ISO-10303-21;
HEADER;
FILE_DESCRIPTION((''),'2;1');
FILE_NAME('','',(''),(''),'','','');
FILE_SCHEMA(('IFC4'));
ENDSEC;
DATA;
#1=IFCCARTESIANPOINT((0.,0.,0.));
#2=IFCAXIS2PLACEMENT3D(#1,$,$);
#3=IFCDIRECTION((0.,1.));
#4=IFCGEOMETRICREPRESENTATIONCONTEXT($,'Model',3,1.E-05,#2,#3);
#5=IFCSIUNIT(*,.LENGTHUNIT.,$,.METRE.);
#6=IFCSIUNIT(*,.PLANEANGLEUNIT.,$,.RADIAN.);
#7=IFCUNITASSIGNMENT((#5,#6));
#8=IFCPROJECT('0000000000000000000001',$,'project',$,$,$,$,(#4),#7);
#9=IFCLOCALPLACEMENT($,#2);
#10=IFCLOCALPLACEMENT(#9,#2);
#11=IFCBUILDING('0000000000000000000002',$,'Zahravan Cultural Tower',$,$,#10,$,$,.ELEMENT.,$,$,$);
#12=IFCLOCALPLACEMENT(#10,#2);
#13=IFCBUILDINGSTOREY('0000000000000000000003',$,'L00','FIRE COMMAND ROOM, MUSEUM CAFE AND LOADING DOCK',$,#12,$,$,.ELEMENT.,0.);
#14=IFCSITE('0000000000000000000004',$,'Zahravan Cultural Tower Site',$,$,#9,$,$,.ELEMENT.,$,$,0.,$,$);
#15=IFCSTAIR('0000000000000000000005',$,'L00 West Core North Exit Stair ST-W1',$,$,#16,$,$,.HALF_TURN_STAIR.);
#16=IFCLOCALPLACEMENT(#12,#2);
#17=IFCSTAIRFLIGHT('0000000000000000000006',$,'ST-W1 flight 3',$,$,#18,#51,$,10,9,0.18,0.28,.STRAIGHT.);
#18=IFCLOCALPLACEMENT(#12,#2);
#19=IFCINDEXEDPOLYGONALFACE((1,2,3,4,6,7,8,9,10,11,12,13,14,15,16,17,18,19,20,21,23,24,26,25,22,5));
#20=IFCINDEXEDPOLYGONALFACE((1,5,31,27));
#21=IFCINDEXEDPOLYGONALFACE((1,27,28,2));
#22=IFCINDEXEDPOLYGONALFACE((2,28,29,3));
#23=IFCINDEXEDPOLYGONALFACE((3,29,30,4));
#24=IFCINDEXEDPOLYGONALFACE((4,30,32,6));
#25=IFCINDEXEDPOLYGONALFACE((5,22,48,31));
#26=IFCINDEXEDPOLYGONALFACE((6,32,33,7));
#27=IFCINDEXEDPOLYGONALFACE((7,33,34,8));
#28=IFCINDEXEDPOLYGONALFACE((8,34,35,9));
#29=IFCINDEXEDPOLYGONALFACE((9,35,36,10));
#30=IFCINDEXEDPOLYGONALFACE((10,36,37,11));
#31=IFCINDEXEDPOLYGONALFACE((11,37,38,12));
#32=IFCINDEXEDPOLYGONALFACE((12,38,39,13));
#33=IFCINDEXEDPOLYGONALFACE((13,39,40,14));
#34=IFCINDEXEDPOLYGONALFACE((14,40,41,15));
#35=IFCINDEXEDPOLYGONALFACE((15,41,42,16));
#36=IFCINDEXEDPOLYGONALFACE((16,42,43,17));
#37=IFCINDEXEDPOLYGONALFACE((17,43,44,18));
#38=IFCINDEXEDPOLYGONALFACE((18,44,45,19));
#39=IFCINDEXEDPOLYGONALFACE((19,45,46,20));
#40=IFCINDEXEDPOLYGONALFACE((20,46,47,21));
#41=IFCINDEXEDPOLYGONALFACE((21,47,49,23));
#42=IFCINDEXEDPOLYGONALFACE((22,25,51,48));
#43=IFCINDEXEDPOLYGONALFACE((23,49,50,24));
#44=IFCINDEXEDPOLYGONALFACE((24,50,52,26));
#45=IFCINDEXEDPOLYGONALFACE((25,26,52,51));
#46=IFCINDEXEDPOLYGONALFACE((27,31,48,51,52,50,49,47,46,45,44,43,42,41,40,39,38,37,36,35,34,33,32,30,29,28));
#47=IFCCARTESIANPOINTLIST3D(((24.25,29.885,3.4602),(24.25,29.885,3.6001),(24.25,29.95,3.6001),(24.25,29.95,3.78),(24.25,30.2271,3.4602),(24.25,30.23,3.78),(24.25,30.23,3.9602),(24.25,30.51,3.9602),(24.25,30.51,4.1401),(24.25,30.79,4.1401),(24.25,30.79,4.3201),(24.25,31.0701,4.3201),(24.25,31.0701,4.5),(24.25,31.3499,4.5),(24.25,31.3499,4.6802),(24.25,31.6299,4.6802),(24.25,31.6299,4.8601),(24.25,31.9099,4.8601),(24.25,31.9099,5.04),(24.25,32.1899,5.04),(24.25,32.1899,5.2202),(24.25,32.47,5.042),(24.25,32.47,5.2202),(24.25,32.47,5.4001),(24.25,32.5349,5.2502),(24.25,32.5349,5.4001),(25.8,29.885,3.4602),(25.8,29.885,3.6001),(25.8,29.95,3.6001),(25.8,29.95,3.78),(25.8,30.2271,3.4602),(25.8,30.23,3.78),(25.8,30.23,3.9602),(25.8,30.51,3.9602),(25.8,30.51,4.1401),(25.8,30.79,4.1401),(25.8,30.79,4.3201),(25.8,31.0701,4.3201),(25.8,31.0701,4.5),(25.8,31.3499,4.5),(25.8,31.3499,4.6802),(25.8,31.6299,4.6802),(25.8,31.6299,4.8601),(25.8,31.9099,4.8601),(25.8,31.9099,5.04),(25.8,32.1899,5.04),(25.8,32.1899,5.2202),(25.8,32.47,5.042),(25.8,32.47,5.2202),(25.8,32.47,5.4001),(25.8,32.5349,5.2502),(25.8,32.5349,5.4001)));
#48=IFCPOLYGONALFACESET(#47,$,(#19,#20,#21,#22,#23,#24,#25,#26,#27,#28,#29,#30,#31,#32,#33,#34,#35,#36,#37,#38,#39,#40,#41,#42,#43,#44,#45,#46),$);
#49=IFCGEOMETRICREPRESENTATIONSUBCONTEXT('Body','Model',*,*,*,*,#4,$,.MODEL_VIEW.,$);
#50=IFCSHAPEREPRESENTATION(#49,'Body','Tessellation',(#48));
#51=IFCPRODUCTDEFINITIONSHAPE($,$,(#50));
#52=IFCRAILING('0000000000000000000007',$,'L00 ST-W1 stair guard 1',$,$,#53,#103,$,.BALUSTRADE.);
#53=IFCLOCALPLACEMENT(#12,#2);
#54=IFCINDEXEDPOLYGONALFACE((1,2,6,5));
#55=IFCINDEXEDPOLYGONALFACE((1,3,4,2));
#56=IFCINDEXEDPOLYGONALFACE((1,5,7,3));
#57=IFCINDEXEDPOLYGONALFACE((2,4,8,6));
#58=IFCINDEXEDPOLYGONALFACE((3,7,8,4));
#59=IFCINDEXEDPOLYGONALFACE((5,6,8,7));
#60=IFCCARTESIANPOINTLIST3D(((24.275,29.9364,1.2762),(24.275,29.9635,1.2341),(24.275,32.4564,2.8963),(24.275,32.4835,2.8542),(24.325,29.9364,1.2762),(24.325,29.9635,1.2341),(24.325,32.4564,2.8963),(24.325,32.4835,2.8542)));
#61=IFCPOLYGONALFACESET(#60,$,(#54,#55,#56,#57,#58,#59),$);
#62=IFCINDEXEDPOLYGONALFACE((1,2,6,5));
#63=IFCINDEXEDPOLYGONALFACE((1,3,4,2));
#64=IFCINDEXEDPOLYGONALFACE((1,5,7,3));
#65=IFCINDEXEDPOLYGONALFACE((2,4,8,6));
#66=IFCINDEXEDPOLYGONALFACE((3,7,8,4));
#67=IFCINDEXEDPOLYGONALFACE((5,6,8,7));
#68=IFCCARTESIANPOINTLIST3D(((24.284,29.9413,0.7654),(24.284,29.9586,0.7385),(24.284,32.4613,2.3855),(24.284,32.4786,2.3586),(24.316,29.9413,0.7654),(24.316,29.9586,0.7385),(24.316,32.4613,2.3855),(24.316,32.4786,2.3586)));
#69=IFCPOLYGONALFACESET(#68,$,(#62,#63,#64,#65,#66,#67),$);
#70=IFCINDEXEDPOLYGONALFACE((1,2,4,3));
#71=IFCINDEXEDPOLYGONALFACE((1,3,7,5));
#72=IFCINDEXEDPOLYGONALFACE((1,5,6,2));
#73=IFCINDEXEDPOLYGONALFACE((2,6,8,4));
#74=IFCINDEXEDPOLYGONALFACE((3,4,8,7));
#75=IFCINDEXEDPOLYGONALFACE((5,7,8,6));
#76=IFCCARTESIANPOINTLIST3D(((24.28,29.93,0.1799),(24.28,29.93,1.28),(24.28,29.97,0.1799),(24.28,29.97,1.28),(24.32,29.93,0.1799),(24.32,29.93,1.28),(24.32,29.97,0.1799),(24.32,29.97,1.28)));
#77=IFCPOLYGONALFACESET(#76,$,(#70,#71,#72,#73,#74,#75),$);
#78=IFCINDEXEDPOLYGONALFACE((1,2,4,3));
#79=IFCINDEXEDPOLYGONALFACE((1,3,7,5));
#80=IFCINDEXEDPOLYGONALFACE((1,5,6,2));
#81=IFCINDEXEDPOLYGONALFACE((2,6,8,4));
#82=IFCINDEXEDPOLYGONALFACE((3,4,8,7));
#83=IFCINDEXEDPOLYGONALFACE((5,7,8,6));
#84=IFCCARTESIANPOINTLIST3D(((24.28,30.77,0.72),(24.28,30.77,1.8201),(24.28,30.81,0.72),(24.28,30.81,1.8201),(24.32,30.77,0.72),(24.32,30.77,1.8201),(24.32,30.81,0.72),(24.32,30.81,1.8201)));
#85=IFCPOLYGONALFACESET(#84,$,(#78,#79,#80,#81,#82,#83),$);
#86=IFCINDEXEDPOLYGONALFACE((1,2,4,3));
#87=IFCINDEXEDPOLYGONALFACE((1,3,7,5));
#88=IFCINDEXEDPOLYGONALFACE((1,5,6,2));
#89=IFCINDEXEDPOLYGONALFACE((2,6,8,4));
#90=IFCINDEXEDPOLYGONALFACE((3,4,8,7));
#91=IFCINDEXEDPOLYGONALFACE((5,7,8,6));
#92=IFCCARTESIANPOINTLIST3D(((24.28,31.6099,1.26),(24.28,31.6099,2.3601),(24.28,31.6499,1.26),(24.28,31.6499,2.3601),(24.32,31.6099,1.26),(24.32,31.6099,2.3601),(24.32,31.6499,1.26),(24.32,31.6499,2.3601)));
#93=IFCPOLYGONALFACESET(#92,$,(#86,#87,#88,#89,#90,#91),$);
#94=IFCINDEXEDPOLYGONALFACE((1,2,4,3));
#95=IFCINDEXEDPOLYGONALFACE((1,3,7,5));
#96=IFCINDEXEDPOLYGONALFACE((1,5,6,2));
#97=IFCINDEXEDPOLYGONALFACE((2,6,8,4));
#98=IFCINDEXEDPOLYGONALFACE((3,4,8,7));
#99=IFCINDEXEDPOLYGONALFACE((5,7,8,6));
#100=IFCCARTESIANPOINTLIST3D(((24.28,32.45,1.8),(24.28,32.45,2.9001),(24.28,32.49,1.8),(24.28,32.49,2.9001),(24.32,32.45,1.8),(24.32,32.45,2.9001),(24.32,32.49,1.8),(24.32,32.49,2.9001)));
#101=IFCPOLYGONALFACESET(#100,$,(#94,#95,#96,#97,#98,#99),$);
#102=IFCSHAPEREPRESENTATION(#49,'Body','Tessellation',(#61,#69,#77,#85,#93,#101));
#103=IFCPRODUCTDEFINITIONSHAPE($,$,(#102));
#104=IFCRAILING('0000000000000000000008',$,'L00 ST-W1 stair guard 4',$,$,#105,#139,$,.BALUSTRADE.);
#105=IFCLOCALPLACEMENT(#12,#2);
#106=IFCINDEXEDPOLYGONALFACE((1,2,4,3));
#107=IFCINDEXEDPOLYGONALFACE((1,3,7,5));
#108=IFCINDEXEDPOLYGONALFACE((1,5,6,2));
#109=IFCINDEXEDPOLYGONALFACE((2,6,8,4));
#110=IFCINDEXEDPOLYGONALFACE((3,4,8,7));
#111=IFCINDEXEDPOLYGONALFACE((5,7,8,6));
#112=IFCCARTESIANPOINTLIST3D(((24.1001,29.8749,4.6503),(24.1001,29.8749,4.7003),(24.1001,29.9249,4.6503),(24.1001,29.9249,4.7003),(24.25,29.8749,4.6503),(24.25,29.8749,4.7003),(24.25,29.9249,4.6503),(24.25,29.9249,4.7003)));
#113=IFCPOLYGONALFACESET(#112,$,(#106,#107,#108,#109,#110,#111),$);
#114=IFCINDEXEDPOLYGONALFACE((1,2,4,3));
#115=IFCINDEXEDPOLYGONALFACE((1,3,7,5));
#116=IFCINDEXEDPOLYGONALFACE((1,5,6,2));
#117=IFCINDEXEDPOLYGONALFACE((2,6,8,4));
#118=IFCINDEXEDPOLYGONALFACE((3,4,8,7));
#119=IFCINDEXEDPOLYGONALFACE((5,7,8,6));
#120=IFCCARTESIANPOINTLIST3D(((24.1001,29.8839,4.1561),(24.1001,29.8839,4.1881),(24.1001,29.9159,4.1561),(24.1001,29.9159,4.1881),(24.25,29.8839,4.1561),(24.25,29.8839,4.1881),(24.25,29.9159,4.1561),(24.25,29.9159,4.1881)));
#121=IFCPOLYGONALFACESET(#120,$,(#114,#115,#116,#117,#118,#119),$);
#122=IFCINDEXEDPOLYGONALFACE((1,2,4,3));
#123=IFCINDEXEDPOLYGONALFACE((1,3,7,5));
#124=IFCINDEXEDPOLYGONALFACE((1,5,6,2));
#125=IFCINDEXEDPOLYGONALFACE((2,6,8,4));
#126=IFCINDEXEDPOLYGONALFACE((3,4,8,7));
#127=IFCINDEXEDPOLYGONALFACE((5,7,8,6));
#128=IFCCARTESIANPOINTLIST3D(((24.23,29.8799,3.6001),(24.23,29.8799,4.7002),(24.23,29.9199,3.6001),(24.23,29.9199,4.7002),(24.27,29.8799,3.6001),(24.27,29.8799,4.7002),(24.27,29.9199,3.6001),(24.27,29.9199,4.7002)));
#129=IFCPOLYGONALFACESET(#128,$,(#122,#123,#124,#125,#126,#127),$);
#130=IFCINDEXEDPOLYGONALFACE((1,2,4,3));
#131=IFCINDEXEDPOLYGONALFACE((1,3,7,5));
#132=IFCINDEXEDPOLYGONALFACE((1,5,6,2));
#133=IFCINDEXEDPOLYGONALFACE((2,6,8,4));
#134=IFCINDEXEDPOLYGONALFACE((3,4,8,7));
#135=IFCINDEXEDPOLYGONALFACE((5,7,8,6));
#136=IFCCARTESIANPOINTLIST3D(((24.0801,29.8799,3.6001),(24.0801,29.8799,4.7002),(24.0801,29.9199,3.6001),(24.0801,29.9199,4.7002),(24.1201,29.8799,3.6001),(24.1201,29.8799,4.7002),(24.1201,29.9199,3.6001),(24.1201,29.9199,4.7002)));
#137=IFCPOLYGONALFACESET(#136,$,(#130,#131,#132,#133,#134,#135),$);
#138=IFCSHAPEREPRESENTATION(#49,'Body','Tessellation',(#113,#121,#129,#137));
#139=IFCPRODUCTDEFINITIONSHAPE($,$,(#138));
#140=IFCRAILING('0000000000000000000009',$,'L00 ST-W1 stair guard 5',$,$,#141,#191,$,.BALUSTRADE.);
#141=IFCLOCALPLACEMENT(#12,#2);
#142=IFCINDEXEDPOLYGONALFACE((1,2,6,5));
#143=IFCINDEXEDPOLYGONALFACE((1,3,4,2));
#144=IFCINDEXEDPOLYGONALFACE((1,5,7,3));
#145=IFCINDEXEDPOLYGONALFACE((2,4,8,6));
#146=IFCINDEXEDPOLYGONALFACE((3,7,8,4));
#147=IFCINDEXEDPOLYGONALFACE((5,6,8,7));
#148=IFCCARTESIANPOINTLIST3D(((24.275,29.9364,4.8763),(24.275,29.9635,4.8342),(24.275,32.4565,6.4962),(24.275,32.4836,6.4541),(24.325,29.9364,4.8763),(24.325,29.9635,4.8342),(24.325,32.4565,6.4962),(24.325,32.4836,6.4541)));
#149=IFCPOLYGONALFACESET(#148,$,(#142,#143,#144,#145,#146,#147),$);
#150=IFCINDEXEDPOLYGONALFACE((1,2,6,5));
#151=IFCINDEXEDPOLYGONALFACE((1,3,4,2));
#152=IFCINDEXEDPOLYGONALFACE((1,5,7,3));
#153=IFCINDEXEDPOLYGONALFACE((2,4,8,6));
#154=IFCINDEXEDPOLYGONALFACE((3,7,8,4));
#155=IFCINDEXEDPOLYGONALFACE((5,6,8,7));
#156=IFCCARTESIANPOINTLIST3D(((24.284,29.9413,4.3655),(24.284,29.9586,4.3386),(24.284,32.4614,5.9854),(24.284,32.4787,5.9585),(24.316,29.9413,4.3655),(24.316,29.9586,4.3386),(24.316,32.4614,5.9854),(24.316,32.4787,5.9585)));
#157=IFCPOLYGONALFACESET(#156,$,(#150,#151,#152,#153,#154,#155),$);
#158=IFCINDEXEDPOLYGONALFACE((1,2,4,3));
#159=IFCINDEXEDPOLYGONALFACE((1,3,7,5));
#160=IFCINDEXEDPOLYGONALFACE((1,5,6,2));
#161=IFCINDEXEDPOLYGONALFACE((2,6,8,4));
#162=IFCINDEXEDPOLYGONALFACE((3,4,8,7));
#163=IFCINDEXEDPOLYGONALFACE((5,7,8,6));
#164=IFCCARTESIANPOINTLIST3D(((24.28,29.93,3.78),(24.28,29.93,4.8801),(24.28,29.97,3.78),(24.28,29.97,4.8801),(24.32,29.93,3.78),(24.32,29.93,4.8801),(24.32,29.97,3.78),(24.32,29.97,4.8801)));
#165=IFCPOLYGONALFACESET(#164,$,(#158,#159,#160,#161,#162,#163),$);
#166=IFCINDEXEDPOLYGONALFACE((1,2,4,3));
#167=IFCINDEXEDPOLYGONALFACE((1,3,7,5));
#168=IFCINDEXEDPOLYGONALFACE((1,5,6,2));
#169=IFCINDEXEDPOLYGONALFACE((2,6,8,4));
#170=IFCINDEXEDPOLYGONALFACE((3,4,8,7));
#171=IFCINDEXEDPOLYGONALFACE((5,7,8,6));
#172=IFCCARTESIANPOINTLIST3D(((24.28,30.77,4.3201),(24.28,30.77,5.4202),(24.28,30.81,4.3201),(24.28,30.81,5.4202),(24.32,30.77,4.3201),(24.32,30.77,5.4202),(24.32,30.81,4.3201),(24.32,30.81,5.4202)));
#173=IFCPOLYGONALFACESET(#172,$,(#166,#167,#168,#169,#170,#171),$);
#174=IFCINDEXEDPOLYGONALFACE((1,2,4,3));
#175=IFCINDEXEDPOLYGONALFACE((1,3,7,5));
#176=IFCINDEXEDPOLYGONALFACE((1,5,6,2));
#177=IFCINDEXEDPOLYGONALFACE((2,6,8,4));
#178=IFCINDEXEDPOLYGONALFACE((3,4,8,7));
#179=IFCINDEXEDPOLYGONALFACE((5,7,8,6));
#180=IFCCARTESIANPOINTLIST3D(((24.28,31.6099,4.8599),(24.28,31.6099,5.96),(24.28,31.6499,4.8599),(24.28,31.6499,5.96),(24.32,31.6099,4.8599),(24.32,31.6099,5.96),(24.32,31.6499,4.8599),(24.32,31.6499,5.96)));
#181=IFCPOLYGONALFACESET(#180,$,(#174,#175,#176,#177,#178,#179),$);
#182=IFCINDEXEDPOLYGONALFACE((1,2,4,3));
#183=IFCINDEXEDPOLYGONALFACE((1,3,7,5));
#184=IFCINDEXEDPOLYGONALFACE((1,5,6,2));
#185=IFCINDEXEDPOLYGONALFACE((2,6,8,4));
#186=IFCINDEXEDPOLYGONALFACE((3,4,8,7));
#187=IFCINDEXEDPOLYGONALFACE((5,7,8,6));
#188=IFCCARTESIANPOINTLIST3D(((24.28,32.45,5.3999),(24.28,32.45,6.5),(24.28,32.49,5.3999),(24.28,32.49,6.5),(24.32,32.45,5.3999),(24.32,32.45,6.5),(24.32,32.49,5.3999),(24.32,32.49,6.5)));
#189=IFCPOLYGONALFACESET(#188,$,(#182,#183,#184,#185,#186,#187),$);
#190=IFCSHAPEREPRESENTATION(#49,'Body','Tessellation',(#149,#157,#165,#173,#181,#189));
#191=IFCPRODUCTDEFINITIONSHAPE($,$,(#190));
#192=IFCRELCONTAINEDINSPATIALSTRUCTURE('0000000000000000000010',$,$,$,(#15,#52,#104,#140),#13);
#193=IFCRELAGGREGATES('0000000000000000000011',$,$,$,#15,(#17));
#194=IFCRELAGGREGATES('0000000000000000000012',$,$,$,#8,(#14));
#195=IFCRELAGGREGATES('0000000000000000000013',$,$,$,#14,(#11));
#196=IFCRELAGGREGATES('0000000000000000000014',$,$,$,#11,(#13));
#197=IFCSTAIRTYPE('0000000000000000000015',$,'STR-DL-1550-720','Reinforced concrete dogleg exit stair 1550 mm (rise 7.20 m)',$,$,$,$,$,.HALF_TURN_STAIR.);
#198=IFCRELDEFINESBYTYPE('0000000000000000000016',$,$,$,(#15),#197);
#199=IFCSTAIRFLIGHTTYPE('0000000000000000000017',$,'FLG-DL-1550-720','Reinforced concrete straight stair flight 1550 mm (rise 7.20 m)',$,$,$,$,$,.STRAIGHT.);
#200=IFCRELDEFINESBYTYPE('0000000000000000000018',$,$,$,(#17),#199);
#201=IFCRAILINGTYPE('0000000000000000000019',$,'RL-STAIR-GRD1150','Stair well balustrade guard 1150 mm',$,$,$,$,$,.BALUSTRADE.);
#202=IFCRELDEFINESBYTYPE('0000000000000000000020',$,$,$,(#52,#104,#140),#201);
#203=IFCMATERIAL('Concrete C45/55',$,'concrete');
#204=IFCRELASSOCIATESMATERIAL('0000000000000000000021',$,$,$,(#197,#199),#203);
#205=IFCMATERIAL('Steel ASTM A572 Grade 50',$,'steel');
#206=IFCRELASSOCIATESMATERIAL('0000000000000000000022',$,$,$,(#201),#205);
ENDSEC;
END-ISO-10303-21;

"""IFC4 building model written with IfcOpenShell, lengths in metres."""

from ifc_helpers import new_model, si_unit, direction, frame, origin, origin_2d, place, context, subcontext, project, spatial, polyline, rectangle, outline, extrude, material, type_object, element, aggregate, save


model = new_model("IFC4")

# Units and contexts
model_context = context("Model", 3, precision=1e-05, world=origin(), true_north=direction((0.0, 1.0)))
body_context = subcontext(model_context, "Body", "Model", "MODEL_VIEW")
ifc_project = project(units=[si_unit("LENGTHUNIT", "METRE"), si_unit("PLANEANGLEUNIT", "RADIAN")], contexts=[model_context])

# Site, building, storey
site_placement = place(None, origin())
site = spatial("IfcSite", under=ifc_project, at=site_placement, Name="Zahravan Cultural Tower Site", CompositionType="ELEMENT", RefElevation=0.0)
building_placement = place(site_placement, origin())
building = spatial("IfcBuilding", under=site, at=building_placement, Name="Zahravan Cultural Tower", CompositionType="ELEMENT")
storey_placement = place(building_placement, origin())
storey = spatial("IfcBuildingStorey", under=building, at=storey_placement, Name="L00", Description="FIRE COMMAND ROOM, MUSEUM CAFE AND LOADING DOCK", CompositionType="ELEMENT", Elevation=0.0)

# Shared definitions
ifc_material_1 = material(Name="Steel ASTM A572 Grade 50", Category="steel")
ifc_material_2 = material(Name="Concrete C45/55", Category="concrete")

# Stair, stair flight
stair_type = type_object("IfcStairType", Name="STR-DL-1550-720", Description="Reinforced concrete dogleg exit stair 1550 mm (rise 7.20 m)", PredefinedType="HALF_TURN_STAIR", material=ifc_material_2)
stair_placement = place(storey_placement, origin())
stair = element("IfcStair", 1, at=stair_placement, inside=storey, type_object=stair_type, Name="L00 West Core North Exit Stair ST-W1", PredefinedType="HALF_TURN_STAIR")
stair_flight_type = type_object("IfcStairFlightType", Name="FLG-DL-1550-720", Description="Reinforced concrete straight stair flight 1550 mm (rise 7.20 m)", PredefinedType="STRAIGHT", material=ifc_material_2)
stair_flight_1_placement = place(storey_placement, frame((25.0249, 29.95, 3.6001), z_axis=(0.0, 0.0, 1.0), x_axis=(0.0, 1.0, 0.0)))
stair_flight_1 = element("IfcStairFlight", 2, at=stair_flight_1_placement, type_object=stair_flight_type, Name="ST-W1 flight 3", NumberOfRisers=10, NumberOfTreads=9, PredefinedType="STRAIGHT", RiserHeight=0.18, TreadLength=0.28, context=body_context, shape_type="SweptSolid", body=[
    extrude(outline(polyline([(-0.0649, -0.1399), (-0.0649, 0.0), (0.0, 0.0), (0.0, 0.1799), (0.28, 0.1799), (0.28, 0.3601), (0.5601, 0.3601), (0.5601, 0.54), (0.8401, 0.54), (0.8401, 0.72), (1.1201, 0.72), (1.1201, 0.8999), (1.3999, 0.8999), (1.3999, 1.0801), (1.6799, 1.0801), (1.6799, 1.26), (1.96, 1.26), (1.96, 1.4399), (2.24, 1.4399), (2.24, 1.6201), (2.52, 1.6201), (2.52, 1.8), (2.585, 1.8), (2.585, 1.6501), (2.52, 1.4419), (0.2771, -0.1399), (-0.0649, -0.1399)])), frame((0.0, 0.7749, 0.0), z_axis=(0.0, -1.0, 0.0), x_axis=(1.0, 0.0, 0.0)), (0.0, 0.0, 1.0), 1.55),
])
aggregate(stair, [stair_flight_1])

# Railings
railing_type_1 = type_object("IfcRailingType", Name="RL-STAIR-GRD1150", Description="Stair well balustrade guard 1150 mm", PredefinedType="BALUSTRADE", material=ifc_material_1)
railing_1_placement = place(storey_placement, frame((24.3, 29.95, 0.1799)))
element("IfcRailing", 3, at=railing_1_placement, inside=storey, type_object=railing_type_1, Name="L00 ST-W1 stair guard 1", PredefinedType="BALUSTRADE", context=body_context, shape_type="SweptSolid", body=[
    extrude(rectangle(XDim=0.05, YDim=0.05, at=origin_2d()), frame((0.0, 0.0, 1.0752), z_axis=(0.0, 0.841163, 0.540782), x_axis=(-1.0, 0.0, 0.0)), (0.0, 0.0, 1.0), 2.9958),
    extrude(rectangle(XDim=0.032, YDim=0.032, at=origin_2d()), frame((0.0, 0.0, 0.572), z_axis=(0.0, 0.841163, 0.540782), x_axis=(-1.0, 0.0, 0.0)), (0.0, 0.0, 1.0), 2.9958),
    extrude(rectangle(XDim=0.04, YDim=0.04, at=origin_2d()), origin(), (0.0, 0.0, 1.0), 1.1001),
    extrude(rectangle(XDim=0.04, YDim=0.04, at=origin_2d()), frame((0.0, 0.8401, 0.54)), (0.0, 0.0, 1.0), 1.1001),
    extrude(rectangle(XDim=0.04, YDim=0.04, at=origin_2d()), frame((0.0, 1.6799, 1.0801)), (0.0, 0.0, 1.0), 1.1001),
    extrude(rectangle(XDim=0.04, YDim=0.04, at=origin_2d()), frame((0.0, 2.52, 1.6201)), (0.0, 0.0, 1.0), 1.1001),
])
railing_2_placement = place(storey_placement, frame((24.25, 29.8999, 3.6001)))
element("IfcRailing", 4, at=railing_2_placement, inside=storey, type_object=railing_type_1, Name="L00 ST-W1 stair guard 4", PredefinedType="BALUSTRADE", context=body_context, shape_type="SweptSolid", body=[
    extrude(rectangle(XDim=0.05, YDim=0.05, at=origin_2d()), frame((0.0, 0.0, 1.0752), z_axis=(-1.0, 0.0, 0.0), x_axis=(0.0, -1.0, 0.0)), (0.0, 0.0, 1.0), 0.1499),
    extrude(rectangle(XDim=0.032, YDim=0.032, at=origin_2d()), frame((0.0, 0.0, 0.572), z_axis=(-1.0, 0.0, 0.0), x_axis=(0.0, -1.0, 0.0)), (0.0, 0.0, 1.0), 0.1499),
    extrude(rectangle(XDim=0.04, YDim=0.04, at=origin_2d()), origin(), (0.0, 0.0, 1.0), 1.1001),
    extrude(rectangle(XDim=0.04, YDim=0.04, at=origin_2d()), frame((-0.1499, 0.0, 0.0)), (0.0, 0.0, 1.0), 1.1001),
])
railing_3_placement = place(storey_placement, frame((24.3, 29.95, 3.78)))
element("IfcRailing", 5, at=railing_3_placement, inside=storey, type_object=railing_type_1, Name="L00 ST-W1 stair guard 5", PredefinedType="BALUSTRADE", context=body_context, shape_type="SweptSolid", body=[
    extrude(rectangle(XDim=0.05, YDim=0.05, at=origin_2d()), frame((0.0, 0.0, 1.0752), z_axis=(0.0, 0.8412, 0.540725), x_axis=(-1.0, 0.0, 0.0)), (0.0, 0.0, 1.0), 2.9958),
    extrude(rectangle(XDim=0.032, YDim=0.032, at=origin_2d()), frame((0.0, 0.0, 0.572), z_axis=(0.0, 0.8412, 0.540725), x_axis=(-1.0, 0.0, 0.0)), (0.0, 0.0, 1.0), 2.9958),
    extrude(rectangle(XDim=0.04, YDim=0.04, at=origin_2d()), origin(), (0.0, 0.0, 1.0), 1.1001),
    extrude(rectangle(XDim=0.04, YDim=0.04, at=origin_2d()), frame((0.0, 0.8401, 0.54)), (0.0, 0.0, 1.0), 1.1001),
    extrude(rectangle(XDim=0.04, YDim=0.04, at=origin_2d()), frame((0.0, 1.6799, 1.0798)), (0.0, 0.0, 1.0), 1.1001),
    extrude(rectangle(XDim=0.04, YDim=0.04, at=origin_2d()), frame((0.0, 2.52, 1.6199)), (0.0, 0.0, 1.0), 1.1001),
])

save(model, "model.ifc")
